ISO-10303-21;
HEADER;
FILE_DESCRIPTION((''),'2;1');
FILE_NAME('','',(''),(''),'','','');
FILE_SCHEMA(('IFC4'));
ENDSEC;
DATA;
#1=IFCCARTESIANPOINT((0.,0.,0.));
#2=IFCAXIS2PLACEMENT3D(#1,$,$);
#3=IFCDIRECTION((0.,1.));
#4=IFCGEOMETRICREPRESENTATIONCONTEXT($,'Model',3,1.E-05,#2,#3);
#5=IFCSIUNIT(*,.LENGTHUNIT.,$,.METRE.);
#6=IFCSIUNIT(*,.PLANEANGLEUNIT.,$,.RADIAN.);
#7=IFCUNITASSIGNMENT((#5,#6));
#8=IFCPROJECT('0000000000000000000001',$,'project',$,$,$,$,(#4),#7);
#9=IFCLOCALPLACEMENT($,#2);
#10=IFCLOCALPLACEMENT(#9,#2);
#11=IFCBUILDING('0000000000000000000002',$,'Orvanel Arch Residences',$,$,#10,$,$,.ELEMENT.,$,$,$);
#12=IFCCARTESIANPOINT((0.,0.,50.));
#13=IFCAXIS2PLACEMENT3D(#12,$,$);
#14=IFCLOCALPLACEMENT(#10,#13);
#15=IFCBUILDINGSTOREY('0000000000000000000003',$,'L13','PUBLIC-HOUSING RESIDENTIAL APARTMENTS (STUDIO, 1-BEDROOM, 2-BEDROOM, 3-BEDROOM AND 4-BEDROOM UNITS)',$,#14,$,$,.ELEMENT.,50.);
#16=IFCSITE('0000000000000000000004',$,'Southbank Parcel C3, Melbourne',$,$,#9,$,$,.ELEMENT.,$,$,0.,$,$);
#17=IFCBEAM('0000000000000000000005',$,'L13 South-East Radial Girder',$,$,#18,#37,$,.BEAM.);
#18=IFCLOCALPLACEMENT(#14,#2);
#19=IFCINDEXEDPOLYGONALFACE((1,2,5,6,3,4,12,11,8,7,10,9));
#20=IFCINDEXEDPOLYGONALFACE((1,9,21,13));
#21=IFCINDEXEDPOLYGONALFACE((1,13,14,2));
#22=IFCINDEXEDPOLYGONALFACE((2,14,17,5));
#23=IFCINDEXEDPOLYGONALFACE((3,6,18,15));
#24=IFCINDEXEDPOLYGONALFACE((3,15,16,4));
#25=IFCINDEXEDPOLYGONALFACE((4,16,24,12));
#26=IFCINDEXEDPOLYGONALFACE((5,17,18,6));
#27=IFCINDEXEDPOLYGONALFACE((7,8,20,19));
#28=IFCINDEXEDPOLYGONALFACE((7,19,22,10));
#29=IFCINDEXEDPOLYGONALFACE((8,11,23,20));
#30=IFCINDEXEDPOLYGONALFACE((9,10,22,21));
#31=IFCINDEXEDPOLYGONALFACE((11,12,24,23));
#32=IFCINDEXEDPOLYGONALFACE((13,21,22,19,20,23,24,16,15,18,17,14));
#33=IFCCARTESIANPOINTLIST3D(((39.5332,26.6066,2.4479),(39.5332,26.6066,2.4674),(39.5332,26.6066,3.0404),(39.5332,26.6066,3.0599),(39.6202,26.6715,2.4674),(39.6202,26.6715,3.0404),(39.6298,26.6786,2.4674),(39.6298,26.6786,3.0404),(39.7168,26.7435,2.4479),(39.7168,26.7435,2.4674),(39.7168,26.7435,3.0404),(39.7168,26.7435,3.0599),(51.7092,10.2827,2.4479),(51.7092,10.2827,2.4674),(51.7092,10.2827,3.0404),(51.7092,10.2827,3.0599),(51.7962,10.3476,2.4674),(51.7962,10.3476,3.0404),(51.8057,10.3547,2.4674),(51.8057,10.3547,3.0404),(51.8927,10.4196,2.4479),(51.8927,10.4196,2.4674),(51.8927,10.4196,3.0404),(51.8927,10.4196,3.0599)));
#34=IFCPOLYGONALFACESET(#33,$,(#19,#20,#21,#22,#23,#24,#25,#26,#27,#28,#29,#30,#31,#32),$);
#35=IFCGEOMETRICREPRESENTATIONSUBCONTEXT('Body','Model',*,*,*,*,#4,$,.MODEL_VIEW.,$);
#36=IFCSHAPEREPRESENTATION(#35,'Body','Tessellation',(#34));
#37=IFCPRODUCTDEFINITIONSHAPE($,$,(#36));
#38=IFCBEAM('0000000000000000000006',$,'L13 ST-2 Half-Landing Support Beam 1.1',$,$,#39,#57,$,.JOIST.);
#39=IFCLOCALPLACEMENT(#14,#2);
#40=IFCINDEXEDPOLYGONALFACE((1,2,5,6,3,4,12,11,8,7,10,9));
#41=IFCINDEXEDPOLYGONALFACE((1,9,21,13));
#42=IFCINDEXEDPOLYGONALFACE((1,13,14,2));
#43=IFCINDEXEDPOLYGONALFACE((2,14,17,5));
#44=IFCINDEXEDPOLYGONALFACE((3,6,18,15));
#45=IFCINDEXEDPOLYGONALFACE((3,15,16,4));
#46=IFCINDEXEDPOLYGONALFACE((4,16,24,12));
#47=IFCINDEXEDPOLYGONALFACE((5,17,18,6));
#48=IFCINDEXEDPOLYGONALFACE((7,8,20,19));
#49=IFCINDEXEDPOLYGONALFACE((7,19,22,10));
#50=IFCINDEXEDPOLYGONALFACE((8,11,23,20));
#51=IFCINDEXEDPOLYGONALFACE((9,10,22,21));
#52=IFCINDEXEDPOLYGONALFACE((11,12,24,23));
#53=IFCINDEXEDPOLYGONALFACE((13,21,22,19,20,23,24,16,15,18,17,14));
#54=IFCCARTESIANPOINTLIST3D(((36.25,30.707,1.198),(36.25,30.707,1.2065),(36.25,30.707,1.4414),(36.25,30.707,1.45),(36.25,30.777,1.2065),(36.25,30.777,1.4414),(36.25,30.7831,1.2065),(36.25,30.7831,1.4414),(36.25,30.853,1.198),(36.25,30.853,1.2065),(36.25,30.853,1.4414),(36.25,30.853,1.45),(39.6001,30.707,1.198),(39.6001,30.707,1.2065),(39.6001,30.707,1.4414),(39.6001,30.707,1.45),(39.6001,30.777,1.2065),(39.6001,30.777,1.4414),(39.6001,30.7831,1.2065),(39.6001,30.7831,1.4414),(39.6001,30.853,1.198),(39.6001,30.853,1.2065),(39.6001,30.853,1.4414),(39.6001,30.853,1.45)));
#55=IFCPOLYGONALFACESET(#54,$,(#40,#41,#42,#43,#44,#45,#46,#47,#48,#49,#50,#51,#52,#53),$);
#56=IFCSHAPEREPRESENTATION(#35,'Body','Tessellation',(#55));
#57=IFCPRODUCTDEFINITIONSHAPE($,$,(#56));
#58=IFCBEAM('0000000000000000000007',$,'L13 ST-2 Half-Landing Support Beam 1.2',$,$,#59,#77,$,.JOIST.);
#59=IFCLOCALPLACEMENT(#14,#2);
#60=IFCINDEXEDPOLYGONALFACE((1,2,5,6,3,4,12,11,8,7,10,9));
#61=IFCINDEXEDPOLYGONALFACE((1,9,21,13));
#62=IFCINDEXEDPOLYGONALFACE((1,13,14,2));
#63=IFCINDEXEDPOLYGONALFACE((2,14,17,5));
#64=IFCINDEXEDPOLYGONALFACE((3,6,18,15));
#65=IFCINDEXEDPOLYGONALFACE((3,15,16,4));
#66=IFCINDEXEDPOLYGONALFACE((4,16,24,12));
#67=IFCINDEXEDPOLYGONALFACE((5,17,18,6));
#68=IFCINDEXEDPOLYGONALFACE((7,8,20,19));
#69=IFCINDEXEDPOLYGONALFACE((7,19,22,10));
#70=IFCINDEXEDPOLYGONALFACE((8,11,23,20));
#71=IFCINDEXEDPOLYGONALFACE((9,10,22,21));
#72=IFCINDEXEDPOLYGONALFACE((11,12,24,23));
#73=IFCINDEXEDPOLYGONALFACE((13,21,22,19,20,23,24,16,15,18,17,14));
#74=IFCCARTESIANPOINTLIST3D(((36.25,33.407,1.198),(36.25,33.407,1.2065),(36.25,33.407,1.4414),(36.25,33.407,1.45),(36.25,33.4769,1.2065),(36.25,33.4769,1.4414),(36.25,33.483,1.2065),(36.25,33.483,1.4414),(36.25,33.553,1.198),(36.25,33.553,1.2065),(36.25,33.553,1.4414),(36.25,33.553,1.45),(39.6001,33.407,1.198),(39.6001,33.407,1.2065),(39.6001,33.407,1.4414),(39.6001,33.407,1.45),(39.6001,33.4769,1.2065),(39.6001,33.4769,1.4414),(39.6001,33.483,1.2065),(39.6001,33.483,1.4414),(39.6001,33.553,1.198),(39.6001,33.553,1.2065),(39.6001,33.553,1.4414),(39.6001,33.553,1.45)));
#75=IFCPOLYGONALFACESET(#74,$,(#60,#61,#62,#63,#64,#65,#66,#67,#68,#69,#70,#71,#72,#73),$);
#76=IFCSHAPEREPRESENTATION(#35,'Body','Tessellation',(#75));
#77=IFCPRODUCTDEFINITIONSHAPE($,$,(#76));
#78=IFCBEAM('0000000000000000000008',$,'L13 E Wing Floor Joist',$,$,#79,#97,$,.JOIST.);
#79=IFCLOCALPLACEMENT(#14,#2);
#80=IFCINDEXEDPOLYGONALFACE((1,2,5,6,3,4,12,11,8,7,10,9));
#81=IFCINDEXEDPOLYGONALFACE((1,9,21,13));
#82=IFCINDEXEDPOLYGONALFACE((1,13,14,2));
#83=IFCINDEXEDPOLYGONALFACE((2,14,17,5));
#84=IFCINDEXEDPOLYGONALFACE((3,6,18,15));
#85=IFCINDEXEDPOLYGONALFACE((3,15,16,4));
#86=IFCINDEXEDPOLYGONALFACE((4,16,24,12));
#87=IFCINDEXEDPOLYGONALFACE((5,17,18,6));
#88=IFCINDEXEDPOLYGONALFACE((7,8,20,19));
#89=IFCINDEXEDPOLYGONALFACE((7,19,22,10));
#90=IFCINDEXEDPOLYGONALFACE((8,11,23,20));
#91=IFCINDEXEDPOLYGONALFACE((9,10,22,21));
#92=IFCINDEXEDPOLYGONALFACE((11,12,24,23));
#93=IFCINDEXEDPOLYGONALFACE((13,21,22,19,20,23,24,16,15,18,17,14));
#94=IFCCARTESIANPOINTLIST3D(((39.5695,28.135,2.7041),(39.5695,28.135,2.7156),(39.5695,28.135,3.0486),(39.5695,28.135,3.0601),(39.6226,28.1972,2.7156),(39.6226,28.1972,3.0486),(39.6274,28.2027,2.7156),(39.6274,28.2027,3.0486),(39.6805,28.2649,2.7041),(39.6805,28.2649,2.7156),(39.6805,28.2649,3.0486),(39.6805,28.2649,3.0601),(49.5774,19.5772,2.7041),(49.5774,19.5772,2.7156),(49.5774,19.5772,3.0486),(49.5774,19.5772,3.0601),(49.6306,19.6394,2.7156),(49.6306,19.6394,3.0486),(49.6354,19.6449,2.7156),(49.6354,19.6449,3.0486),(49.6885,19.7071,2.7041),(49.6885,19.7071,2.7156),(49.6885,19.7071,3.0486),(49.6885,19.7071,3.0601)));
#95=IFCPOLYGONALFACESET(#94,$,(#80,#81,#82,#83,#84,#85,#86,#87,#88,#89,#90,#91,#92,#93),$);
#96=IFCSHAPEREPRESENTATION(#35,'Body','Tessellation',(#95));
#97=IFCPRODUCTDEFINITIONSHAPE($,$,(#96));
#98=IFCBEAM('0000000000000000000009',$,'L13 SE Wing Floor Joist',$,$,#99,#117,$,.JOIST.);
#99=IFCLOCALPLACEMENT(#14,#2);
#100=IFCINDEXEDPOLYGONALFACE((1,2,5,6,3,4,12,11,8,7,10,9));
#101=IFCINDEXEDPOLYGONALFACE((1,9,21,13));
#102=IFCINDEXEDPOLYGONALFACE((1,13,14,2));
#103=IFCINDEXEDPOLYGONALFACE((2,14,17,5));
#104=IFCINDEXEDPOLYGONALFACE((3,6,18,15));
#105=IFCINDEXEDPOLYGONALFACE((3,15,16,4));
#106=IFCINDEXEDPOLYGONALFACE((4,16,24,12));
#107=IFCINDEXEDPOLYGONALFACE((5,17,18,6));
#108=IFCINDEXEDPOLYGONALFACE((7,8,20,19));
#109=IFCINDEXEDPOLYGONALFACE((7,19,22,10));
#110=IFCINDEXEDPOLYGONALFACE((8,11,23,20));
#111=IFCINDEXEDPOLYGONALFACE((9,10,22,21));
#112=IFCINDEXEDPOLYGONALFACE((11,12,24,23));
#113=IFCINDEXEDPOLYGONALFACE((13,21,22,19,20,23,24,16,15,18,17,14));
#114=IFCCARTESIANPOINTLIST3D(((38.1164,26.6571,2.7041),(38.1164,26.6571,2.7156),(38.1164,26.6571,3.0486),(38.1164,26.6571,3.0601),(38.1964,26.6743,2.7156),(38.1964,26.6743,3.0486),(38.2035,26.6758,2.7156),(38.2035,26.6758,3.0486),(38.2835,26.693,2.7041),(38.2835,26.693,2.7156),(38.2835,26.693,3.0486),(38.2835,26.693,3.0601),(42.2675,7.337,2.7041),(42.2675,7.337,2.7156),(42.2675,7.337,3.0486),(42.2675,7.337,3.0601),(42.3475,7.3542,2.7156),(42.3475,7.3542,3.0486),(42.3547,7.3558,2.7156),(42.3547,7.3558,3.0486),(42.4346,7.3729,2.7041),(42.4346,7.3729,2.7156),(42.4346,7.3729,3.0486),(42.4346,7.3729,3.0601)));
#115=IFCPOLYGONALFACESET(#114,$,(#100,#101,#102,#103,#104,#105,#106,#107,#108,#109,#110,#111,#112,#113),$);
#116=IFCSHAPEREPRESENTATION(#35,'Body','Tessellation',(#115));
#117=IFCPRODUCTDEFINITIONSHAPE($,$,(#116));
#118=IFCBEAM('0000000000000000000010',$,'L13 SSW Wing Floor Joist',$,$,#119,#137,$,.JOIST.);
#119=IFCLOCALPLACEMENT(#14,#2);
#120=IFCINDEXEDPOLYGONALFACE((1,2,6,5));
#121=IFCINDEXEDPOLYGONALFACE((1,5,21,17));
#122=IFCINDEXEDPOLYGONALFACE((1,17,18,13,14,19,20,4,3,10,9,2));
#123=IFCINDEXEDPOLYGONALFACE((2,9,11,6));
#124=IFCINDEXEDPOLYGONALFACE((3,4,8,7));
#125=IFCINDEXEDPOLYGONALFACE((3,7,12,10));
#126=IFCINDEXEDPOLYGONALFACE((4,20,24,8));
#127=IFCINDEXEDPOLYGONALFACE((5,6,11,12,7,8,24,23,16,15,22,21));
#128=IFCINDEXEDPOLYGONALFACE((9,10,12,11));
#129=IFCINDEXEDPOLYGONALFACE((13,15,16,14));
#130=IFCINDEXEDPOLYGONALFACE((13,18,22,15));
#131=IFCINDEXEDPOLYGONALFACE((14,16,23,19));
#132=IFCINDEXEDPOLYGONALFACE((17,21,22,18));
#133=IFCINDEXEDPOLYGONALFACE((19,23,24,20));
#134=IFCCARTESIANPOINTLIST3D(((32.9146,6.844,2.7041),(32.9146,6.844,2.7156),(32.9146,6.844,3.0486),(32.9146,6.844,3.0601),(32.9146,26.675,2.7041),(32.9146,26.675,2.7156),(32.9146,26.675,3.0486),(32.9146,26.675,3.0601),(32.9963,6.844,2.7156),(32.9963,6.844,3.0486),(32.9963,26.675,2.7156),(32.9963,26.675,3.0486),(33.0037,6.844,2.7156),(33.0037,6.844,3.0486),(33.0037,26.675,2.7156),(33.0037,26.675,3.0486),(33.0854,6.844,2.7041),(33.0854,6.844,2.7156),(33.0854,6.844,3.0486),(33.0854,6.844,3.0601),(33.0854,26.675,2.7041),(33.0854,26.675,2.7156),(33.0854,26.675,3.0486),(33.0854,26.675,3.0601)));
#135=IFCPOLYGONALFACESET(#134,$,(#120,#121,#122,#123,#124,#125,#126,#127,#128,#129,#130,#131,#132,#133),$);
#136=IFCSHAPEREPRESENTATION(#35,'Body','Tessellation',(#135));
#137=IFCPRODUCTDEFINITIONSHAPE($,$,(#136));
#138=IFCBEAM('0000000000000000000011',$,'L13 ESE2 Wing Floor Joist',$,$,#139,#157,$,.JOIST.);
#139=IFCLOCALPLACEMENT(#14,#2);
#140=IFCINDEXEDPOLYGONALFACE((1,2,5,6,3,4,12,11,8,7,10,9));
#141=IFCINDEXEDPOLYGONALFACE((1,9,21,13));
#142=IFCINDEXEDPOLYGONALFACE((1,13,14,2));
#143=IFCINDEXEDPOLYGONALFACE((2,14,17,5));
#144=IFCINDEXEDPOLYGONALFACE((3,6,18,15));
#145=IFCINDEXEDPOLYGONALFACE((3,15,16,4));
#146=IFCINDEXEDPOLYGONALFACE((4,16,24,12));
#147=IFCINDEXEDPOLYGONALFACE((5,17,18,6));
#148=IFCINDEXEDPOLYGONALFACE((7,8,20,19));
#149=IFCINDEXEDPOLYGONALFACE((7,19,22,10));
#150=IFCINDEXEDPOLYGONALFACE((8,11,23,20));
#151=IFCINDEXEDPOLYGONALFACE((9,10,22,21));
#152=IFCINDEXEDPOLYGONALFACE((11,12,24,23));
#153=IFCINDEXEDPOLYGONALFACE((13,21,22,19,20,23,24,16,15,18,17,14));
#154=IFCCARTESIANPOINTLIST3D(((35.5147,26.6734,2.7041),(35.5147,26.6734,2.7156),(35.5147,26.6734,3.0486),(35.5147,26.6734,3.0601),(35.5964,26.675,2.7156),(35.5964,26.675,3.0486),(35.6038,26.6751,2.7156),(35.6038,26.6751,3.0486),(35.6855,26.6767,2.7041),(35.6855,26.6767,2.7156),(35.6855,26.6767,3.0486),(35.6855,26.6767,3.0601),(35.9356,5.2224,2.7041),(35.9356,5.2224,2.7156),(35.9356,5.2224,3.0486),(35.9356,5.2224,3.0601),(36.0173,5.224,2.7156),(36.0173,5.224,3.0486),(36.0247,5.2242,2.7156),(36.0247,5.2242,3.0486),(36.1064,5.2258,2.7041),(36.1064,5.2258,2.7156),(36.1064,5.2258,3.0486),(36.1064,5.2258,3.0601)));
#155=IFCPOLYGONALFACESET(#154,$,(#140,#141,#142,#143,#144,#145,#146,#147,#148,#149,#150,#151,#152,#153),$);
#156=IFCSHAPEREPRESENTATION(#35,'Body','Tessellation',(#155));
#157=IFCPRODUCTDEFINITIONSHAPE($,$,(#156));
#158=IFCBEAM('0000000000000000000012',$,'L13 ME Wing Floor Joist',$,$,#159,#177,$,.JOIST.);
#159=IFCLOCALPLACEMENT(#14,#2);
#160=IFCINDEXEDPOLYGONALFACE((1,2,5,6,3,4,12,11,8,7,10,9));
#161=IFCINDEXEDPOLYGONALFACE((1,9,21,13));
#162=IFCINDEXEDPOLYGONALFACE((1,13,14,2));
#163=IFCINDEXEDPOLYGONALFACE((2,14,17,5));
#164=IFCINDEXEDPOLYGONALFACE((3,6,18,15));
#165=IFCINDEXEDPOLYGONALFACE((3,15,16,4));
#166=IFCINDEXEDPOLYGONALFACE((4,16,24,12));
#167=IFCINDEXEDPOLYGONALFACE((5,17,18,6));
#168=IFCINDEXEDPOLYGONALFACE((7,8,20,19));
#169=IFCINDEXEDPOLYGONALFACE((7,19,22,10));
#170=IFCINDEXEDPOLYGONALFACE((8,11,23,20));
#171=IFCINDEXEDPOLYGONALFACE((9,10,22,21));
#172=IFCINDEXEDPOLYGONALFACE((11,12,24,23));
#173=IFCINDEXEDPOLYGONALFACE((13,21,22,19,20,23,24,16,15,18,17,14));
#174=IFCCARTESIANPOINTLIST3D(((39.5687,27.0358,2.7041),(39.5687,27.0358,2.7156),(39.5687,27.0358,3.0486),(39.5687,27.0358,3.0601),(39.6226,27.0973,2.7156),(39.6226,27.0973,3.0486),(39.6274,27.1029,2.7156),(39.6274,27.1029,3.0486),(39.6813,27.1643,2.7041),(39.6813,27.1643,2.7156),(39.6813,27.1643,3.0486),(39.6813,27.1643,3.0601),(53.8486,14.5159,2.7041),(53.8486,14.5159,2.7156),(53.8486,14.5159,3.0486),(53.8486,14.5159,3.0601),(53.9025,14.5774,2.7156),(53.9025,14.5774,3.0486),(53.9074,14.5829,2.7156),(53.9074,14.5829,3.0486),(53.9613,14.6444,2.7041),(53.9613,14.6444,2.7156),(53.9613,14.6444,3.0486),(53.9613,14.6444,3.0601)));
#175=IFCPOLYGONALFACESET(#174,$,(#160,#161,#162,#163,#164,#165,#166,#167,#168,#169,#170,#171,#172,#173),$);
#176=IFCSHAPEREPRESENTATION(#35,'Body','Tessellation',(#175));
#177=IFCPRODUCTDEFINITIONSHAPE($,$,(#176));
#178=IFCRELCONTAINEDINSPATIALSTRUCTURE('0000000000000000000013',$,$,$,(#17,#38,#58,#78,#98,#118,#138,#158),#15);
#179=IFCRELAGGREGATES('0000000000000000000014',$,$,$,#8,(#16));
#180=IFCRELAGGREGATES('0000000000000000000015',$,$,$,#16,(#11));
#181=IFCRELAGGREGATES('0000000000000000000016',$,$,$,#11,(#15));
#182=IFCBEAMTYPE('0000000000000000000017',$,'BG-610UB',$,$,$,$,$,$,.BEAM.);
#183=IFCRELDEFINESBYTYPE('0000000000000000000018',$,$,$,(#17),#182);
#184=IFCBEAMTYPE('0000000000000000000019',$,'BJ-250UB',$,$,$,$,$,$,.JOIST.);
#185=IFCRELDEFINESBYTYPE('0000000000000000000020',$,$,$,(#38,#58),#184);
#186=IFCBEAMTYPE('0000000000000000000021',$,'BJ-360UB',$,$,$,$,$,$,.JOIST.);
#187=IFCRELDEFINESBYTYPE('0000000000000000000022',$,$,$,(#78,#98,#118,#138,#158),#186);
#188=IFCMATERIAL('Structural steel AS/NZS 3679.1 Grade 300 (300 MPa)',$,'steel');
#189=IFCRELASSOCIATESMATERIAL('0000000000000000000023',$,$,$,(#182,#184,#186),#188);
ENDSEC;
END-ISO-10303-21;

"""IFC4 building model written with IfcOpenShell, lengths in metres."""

from ifc_helpers import new_model, si_unit, direction, frame, origin, origin_2d, place, context, subcontext, project, spatial, i_section, extrude, material, material_profile, profile_set, type_object, element, save


model = new_model("IFC4")

# Units and contexts
model_context = context("Model", 3, precision=1e-05, world=origin(), true_north=direction((0.0, 1.0)))
body_context = subcontext(model_context, "Body", "Model", "MODEL_VIEW")
ifc_project = project(units=[si_unit("LENGTHUNIT", "METRE"), si_unit("PLANEANGLEUNIT", "RADIAN")], contexts=[model_context])

# Site, building, storey
site_placement = place(None, origin())
site = spatial("IfcSite", under=ifc_project, at=site_placement, Name="Southbank Parcel C3, Melbourne", CompositionType="ELEMENT", RefElevation=0.0)
building_placement = place(site_placement, origin())
building = spatial("IfcBuilding", under=site, at=building_placement, Name="Orvanel Arch Residences", CompositionType="ELEMENT")
storey_placement = place(building_placement, frame((0.0, 0.0, 50.0)))
storey = spatial("IfcBuildingStorey", under=building, at=storey_placement, Name="L13", Description="PUBLIC-HOUSING RESIDENTIAL APARTMENTS (STUDIO, 1-BEDROOM, 2-BEDROOM, 3-BEDROOM AND 4-BEDROOM UNITS)", CompositionType="ELEMENT", Elevation=50.0)

# Beams
ifc_material_1 = material(Name="Structural steel AS/NZS 3679.1 Grade 300 (300 MPa)", Category="steel")
ifc_material_profile_1 = material_profile(ifc_material_1, i_section(OverallWidth=0.229, OverallDepth=0.6121, WebThickness=0.012, FlangeThickness=0.0195, at=origin_2d()), Name="610UB125")
ifc_profile_set_1 = profile_set([ifc_material_profile_1], Name="Structural steel AS/NZS 3679.1 Grade 300 (300 MPa)")
beam_type_1 = type_object("IfcBeamType", Name="BG-610UB", PredefinedType="BEAM", material=ifc_profile_set_1)
beam_1_placement = place(storey_placement, frame((39.625, 26.675, 2.7539), z_axis=(0.597894, -0.801575, 0.0), x_axis=(0.801575, 0.597894, 0.0)))
element("IfcBeam", 1, at=beam_1_placement, inside=storey, type_object=beam_type_1, Name="L13 South-East Radial Girder", PredefinedType="BEAM", context=body_context, shape_type="SweptSolid", body=[
    extrude(i_section(OverallWidth=0.229, OverallDepth=0.6121, WebThickness=0.012, FlangeThickness=0.0195, at=origin_2d()), origin(), (0.0, 0.0, 1.0), 20.3647),
])
ifc_material_profile_2 = material_profile(ifc_material_1, i_section(OverallWidth=0.146, OverallDepth=0.252, WebThickness=0.0061, FlangeThickness=0.0085, at=origin_2d()), Name="250UB31.4")
ifc_profile_set_2 = profile_set([ifc_material_profile_2], Name="Structural steel AS/NZS 3679.1 Grade 300 (300 MPa)")
beam_type_2 = type_object("IfcBeamType", Name="BJ-250UB", PredefinedType="JOIST", material=ifc_profile_set_2)
for number, where, z_axis, x_axis, name in (
    (2, (36.25, 30.78, 1.324), (1.0, 0.0, 0.0), (0.0, 1.0, 0.0), "L13 ST-2 Half-Landing Support Beam 1.1"),
    (3, (36.25, 33.48, 1.324), (1.0, 0.0, 0.0), (0.0, 1.0, 0.0), "L13 ST-2 Half-Landing Support Beam 1.2"),
):
    element("IfcBeam", number, at=place(storey_placement, frame(where, z_axis=z_axis, x_axis=x_axis)), inside=storey, type_object=beam_type_2, Name=name, PredefinedType="JOIST", context=body_context, shape_type="SweptSolid", body=[
        extrude(i_section(OverallWidth=0.146, OverallDepth=0.252, WebThickness=0.0061, FlangeThickness=0.0085, at=origin_2d()), origin(), (0.0, 0.0, 1.0), 3.3501),
    ])
ifc_material_profile_3 = material_profile(ifc_material_1, i_section(OverallWidth=0.1709, OverallDepth=0.356, WebThickness=0.0073, FlangeThickness=0.0115, at=origin_2d()), Name="360UB50.7")
ifc_profile_set_3 = profile_set([ifc_material_profile_3], Name="Structural steel AS/NZS 3679.1 Grade 300 (300 MPa)")
beam_type_3 = type_object("IfcBeamType", Name="BJ-360UB", PredefinedType="JOIST", material=ifc_profile_set_3)
beam_2_placement = place(storey_placement, frame((39.625, 28.2, 2.8821), z_axis=(0.760024, -0.649895, 0.0), x_axis=(0.649895, 0.760024, 0.0)))
element("IfcBeam", 4, at=beam_2_placement, inside=storey, type_object=beam_type_3, Name="L13 E Wing Floor Joist", PredefinedType="JOIST", context=body_context, shape_type="SweptSolid", body=[
    extrude(i_section(OverallWidth=0.1709, OverallDepth=0.356, WebThickness=0.0073, FlangeThickness=0.0115, at=origin_2d()), origin(), (0.0, 0.0, 1.0), 13.168),
])
beam_3_placement = place(storey_placement, frame((38.2, 26.675, 2.8821), z_axis=(0.210067, -0.977687, 0.0), x_axis=(0.977687, 0.210067, 0.0)))
element("IfcBeam", 5, at=beam_3_placement, inside=storey, type_object=beam_type_3, Name="L13 SE Wing Floor Joist", PredefinedType="JOIST", context=body_context, shape_type="SweptSolid", body=[
    extrude(i_section(OverallWidth=0.1709, OverallDepth=0.356, WebThickness=0.0073, FlangeThickness=0.0115, at=origin_2d()), origin(), (0.0, 0.0, 1.0), 19.761),
])
beam_4_placement = place(storey_placement, frame((33.0, 26.675, 2.8821), z_axis=(0.0, -1.0, 0.0), x_axis=(1.0, 0.0, 0.0)))
element("IfcBeam", 6, at=beam_4_placement, inside=storey, type_object=beam_type_3, Name="L13 SSW Wing Floor Joist", PredefinedType="JOIST", context=body_context, shape_type="SweptSolid", body=[
    extrude(i_section(OverallWidth=0.1709, OverallDepth=0.356, WebThickness=0.0073, FlangeThickness=0.0115, at=origin_2d()), origin(), (0.0, 0.0, 1.0), 19.8311),
])
beam_5_placement = place(storey_placement, frame((35.6001, 26.675, 2.8821), z_axis=(0.019618, -0.999808, 0.0), x_axis=(0.999808, 0.019618, 0.0)))
element("IfcBeam", 7, at=beam_5_placement, inside=storey, type_object=beam_type_3, Name="L13 ESE2 Wing Floor Joist", PredefinedType="JOIST", context=body_context, shape_type="SweptSolid", body=[
    extrude(i_section(OverallWidth=0.1709, OverallDepth=0.356, WebThickness=0.0073, FlangeThickness=0.0115, at=origin_2d()), origin(), (0.0, 0.0, 1.0), 21.4551),
])
beam_6_placement = place(storey_placement, frame((39.625, 27.1001, 2.8821), z_axis=(0.751924, -0.65925, 0.0), x_axis=(0.65925, 0.751924, 0.0)))
element("IfcBeam", 8, at=beam_6_placement, inside=storey, type_object=beam_type_3, Name="L13 ME Wing Floor Joist", PredefinedType="JOIST", context=body_context, shape_type="SweptSolid", body=[
    extrude(i_section(OverallWidth=0.1709, OverallDepth=0.356, WebThickness=0.0073, FlangeThickness=0.0115, at=origin_2d()), origin(), (0.0, 0.0, 1.0), 18.9912),
])

save(model, "model.ifc")
